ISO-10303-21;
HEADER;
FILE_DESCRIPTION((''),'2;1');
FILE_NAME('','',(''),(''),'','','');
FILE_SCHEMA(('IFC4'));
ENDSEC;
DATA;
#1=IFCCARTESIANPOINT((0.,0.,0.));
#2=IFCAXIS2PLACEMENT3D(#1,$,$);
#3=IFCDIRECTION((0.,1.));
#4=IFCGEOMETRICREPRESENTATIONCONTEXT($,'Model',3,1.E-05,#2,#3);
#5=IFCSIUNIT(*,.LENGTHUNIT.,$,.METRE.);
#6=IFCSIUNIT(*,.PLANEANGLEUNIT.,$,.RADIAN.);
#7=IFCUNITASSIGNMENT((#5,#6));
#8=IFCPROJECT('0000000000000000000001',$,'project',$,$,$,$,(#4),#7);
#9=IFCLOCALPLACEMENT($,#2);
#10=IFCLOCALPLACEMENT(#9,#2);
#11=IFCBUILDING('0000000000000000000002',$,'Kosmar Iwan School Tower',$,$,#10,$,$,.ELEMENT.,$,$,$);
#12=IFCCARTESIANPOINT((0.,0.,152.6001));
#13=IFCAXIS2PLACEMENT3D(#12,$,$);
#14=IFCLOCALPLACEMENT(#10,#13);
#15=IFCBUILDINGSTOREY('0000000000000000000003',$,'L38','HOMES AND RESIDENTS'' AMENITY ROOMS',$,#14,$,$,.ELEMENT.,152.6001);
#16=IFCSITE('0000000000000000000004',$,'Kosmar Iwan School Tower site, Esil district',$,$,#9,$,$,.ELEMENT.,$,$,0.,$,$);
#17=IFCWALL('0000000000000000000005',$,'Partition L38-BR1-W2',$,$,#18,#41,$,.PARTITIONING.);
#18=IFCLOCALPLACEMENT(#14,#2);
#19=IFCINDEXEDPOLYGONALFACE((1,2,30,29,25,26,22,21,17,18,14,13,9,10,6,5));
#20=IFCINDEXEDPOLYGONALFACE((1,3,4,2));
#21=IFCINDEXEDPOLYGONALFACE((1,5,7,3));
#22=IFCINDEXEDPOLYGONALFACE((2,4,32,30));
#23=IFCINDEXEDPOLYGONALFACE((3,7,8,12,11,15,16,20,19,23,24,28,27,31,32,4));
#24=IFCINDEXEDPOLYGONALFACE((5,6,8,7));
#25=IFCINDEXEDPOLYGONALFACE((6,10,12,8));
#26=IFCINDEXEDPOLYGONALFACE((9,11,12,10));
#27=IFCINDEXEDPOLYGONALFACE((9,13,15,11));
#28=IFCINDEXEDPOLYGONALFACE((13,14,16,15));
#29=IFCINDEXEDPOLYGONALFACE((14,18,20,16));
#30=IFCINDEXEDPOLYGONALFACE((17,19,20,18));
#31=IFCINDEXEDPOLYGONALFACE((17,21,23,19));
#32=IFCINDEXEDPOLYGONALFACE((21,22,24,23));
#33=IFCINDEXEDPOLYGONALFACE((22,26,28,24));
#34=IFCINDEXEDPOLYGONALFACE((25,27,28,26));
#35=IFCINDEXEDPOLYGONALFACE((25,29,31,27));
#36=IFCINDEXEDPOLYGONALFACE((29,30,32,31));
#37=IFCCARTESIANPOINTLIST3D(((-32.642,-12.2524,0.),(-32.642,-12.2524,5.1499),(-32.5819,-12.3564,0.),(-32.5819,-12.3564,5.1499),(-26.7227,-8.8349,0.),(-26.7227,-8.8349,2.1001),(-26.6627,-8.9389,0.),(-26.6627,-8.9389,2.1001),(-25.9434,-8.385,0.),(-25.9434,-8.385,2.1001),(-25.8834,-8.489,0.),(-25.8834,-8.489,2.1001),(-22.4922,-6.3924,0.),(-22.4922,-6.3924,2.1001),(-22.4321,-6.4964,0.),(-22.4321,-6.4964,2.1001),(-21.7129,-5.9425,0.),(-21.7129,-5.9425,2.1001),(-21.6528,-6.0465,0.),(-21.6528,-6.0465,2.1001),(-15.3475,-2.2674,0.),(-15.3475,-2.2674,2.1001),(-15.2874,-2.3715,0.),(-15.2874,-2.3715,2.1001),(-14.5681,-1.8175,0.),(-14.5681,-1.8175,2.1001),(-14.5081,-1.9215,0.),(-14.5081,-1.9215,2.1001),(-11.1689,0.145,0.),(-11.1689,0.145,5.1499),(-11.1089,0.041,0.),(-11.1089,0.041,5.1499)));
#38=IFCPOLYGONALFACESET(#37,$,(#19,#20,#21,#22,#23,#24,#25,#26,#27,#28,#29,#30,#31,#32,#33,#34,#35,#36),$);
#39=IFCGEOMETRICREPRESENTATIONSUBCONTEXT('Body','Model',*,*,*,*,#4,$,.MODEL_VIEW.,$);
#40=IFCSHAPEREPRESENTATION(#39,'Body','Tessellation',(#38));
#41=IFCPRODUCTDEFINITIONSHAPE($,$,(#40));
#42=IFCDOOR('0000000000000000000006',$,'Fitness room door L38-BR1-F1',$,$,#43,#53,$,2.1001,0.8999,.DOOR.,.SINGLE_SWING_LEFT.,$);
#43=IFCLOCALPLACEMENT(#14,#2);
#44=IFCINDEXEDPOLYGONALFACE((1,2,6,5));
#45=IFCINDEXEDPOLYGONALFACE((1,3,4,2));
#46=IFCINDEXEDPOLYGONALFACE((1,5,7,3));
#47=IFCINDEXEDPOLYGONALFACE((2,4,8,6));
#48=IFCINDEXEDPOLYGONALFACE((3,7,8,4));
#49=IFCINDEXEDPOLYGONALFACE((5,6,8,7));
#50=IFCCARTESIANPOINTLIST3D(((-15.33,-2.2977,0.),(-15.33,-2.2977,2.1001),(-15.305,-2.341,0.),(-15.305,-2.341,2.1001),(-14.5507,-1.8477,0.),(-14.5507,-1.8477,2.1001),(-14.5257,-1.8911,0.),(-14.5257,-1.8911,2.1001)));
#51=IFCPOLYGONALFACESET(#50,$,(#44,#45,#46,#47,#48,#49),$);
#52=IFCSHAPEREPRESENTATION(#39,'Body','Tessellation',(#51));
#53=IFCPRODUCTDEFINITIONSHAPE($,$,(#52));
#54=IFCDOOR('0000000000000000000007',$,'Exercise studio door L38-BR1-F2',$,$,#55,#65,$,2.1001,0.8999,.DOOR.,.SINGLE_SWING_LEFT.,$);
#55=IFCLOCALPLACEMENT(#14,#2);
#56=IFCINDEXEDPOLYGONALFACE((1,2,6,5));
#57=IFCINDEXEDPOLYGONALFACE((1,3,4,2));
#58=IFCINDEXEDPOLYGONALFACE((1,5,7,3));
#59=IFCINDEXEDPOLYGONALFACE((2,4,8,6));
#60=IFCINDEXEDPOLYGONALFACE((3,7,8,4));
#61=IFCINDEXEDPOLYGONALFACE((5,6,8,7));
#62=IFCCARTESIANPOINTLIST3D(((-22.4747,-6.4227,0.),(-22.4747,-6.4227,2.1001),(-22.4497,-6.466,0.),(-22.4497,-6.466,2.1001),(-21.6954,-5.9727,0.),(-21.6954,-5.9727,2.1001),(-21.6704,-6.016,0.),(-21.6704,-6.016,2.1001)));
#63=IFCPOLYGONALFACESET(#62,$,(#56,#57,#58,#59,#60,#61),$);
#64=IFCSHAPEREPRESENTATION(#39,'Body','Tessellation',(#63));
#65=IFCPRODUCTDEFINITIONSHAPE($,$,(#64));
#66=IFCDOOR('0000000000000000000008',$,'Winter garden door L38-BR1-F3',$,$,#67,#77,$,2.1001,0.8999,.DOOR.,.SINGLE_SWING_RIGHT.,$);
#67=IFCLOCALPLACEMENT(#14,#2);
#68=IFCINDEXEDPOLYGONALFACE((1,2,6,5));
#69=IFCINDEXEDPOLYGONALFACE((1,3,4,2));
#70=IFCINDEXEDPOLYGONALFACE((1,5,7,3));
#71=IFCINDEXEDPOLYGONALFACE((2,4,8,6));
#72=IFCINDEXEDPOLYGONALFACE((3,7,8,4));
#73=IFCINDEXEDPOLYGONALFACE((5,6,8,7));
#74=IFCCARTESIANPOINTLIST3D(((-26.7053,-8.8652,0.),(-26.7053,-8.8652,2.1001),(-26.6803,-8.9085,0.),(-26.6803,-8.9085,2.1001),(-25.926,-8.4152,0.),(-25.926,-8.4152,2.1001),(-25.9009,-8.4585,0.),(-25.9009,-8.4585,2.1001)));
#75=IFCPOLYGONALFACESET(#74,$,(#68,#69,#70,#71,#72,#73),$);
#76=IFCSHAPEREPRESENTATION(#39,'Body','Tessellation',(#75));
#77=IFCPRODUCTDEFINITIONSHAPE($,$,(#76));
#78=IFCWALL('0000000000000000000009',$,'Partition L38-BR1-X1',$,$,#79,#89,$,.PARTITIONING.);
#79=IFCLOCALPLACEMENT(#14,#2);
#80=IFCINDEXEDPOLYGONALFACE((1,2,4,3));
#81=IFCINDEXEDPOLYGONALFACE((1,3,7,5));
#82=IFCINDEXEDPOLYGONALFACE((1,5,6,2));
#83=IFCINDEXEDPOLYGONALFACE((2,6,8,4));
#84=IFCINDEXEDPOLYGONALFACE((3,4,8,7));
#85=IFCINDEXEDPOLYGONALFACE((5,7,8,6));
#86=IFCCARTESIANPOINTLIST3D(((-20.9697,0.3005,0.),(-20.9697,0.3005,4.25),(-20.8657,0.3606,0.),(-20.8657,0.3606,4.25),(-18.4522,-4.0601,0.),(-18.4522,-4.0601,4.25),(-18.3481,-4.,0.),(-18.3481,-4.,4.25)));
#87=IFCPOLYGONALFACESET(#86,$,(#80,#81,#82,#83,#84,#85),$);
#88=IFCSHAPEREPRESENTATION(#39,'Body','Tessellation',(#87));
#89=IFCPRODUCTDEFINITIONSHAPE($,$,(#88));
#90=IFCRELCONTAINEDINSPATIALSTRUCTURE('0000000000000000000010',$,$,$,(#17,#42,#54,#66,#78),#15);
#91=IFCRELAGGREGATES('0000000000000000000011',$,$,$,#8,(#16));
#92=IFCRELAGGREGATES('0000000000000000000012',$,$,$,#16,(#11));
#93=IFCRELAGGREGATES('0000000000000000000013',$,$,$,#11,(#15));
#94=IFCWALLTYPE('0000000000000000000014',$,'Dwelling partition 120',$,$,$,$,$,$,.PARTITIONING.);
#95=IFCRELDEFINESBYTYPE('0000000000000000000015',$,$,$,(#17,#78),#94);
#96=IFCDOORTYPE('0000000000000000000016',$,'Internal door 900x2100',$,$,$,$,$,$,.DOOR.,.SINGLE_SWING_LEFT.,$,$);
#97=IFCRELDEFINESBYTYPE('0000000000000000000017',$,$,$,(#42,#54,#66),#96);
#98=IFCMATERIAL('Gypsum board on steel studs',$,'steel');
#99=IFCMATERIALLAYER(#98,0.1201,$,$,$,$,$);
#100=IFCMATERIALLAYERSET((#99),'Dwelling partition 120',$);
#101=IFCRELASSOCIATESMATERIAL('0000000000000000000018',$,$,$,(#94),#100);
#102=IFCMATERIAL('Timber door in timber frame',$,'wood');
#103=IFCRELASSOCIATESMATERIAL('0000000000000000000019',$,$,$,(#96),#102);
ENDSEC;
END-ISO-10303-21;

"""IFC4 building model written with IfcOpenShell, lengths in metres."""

from ifc_helpers import new_model, si_unit, direction, frame, frame_2d, origin, place, context, subcontext, project, spatial, rectangle, extrude, material, layer, layer_set, type_object, element, fill, save


model = new_model("IFC4")

# Units and contexts
model_context = context("Model", 3, precision=1e-05, world=origin(), true_north=direction((0.0, 1.0)))
body_context = subcontext(model_context, "Body", "Model", "MODEL_VIEW")
ifc_project = project(units=[si_unit("LENGTHUNIT", "METRE"), si_unit("PLANEANGLEUNIT", "RADIAN")], contexts=[model_context])

# Site, building, storey
site_placement = place(None, origin())
site = spatial("IfcSite", under=ifc_project, at=site_placement, Name="Kosmar Iwan School Tower site, Esil district", CompositionType="ELEMENT", RefElevation=0.0)
building_placement = place(site_placement, origin())
building = spatial("IfcBuilding", under=site, at=building_placement, Name="Kosmar Iwan School Tower", CompositionType="ELEMENT")
storey_placement = place(building_placement, frame((0.0, 0.0, 152.6001)))
storey = spatial("IfcBuildingStorey", under=building, at=storey_placement, Name="L38", Description="HOMES AND RESIDENTS' AMENITY ROOMS", CompositionType="ELEMENT", Elevation=152.6001)

# Wall, openings, doors
ifc_material_1 = material(Name="Gypsum board on steel studs", Category="steel")
ifc_layer_1 = layer(ifc_material_1, 0.1201)
ifc_layer_set_1 = layer_set([ifc_layer_1], Name="Dwelling partition 120")
wall_type = type_object("IfcWallType", Name="Dwelling partition 120", PredefinedType="PARTITIONING", material=ifc_layer_set_1)
ifc_material_2 = material(Name="Timber door in timber frame", Category="wood")
door_type_1 = type_object("IfcDoorType", Name="Internal door 900x2100", OperationType="SINGLE_SWING_LEFT", PredefinedType="DOOR", material=ifc_material_2)
wall_1_placement = place(storey_placement, frame((-11.1389, 0.093, 0.0), z_axis=(0.0, 0.0, 1.0), x_axis=(-0.866027, -0.499998, 0.0)))
wall_1 = element("IfcWall", 1, at=wall_1_placement, inside=storey, type_object=wall_type, Name="Partition L38-BR1-W2", PredefinedType="PARTITIONING", context=body_context, shape_type="SweptSolid", body=[
    extrude(rectangle(XDim=24.7949, YDim=0.1201, at=frame_2d((12.3975, 0.0))), origin(), (0.0, 0.0, 1.0), 5.1499),
])
opening_1_placement = place(wall_1_placement, frame((3.925, 0.0, 0.0)))
opening_1 = element("IfcOpeningElement", 2, at=opening_1_placement, cuts=wall_1, PredefinedType="OPENING", context=body_context, shape_type="SweptSolid", body=[
    extrude(rectangle(XDim=0.8999, YDim=2.1001, at=frame_2d((0.45, 1.05))), frame((0.0, 0.072, 0.0), z_axis=(0.0, -1.0, 0.0), x_axis=(1.0, 0.0, 0.0)), (0.0, 0.0, 1.0), 0.144),
])
opening_2_placement = place(wall_1_placement, frame((12.175, 0.0, 0.0)))
opening_2 = element("IfcOpeningElement", 3, at=opening_2_placement, cuts=wall_1, PredefinedType="OPENING", context=body_context, shape_type="SweptSolid", body=[
    extrude(rectangle(XDim=0.8999, YDim=2.1001, at=frame_2d((0.45, 1.05))), frame((0.0, 0.072, 0.0), z_axis=(0.0, -1.0, 0.0), x_axis=(1.0, 0.0, 0.0)), (0.0, 0.0, 1.0), 0.144),
])
opening_3_placement = place(wall_1_placement, frame((17.0601, 0.0, 0.0)))
opening_3 = element("IfcOpeningElement", 4, at=opening_3_placement, cuts=wall_1, PredefinedType="OPENING", context=body_context, shape_type="SweptSolid", body=[
    extrude(rectangle(XDim=0.8999, YDim=2.1001, at=frame_2d((0.45, 1.05))), frame((0.0, 0.072, 0.0), z_axis=(0.0, -1.0, 0.0), x_axis=(1.0, 0.0, 0.0)), (0.0, 0.0, 1.0), 0.144),
])
door_1_placement = place(opening_1_placement, origin())
door_1 = element("IfcDoor", 5, at=door_1_placement, inside=storey, type_object=door_type_1, Name="Fitness room door L38-BR1-F1", OperationType="SINGLE_SWING_LEFT", OverallHeight=2.1001, OverallWidth=0.8999, PredefinedType="DOOR", context=body_context, shape_type="SweptSolid", body=[
    extrude(rectangle(XDim=0.8999, YDim=2.1001, at=frame_2d((0.45, 1.05))), frame((0.0, 0.0249, 0.0), z_axis=(0.0, -1.0, 0.0), x_axis=(1.0, 0.0, 0.0)), (0.0, 0.0, 1.0), 0.05),
])
fill(opening_1, door_1)
door_2_placement = place(opening_2_placement, origin())
door_2 = element("IfcDoor", 6, at=door_2_placement, inside=storey, type_object=door_type_1, Name="Exercise studio door L38-BR1-F2", OperationType="SINGLE_SWING_LEFT", OverallHeight=2.1001, OverallWidth=0.8999, PredefinedType="DOOR", context=body_context, shape_type="SweptSolid", body=[
    extrude(rectangle(XDim=0.8999, YDim=2.1001, at=frame_2d((0.45, 1.05))), frame((0.0, 0.0249, 0.0), z_axis=(0.0, -1.0, 0.0), x_axis=(1.0, 0.0, 0.0)), (0.0, 0.0, 1.0), 0.05),
])
fill(opening_2, door_2)
door_3_placement = place(opening_3_placement, origin())
door_3 = element("IfcDoor", 7, at=door_3_placement, inside=storey, type_object=door_type_1, Name="Winter garden door L38-BR1-F3", OperationType="SINGLE_SWING_RIGHT", OverallHeight=2.1001, OverallWidth=0.8999, PredefinedType="DOOR", context=body_context, shape_type="SweptSolid", body=[
    extrude(rectangle(XDim=0.8999, YDim=2.1001, at=frame_2d((0.45, 1.05))), frame((0.0, 0.0249, 0.0), z_axis=(0.0, -1.0, 0.0), x_axis=(1.0, 0.0, 0.0)), (0.0, 0.0, 1.0), 0.05),
])
fill(opening_3, door_3)

# Wall
wall_2_placement = place(storey_placement, frame((-18.4001, -4.03, 0.0), z_axis=(0.0, 0.0, 1.0), x_axis=(-0.499998, 0.866027, 0.0)))
element("IfcWall", 8, at=wall_2_placement, inside=storey, type_object=wall_type, Name="Partition L38-BR1-X1", PredefinedType="PARTITIONING", context=body_context, shape_type="SweptSolid", body=[
    extrude(rectangle(XDim=5.0352, YDim=0.1201, at=frame_2d((2.5176, 0.0))), origin(), (0.0, 0.0, 1.0), 4.25),
])

save(model, "model.ifc")
